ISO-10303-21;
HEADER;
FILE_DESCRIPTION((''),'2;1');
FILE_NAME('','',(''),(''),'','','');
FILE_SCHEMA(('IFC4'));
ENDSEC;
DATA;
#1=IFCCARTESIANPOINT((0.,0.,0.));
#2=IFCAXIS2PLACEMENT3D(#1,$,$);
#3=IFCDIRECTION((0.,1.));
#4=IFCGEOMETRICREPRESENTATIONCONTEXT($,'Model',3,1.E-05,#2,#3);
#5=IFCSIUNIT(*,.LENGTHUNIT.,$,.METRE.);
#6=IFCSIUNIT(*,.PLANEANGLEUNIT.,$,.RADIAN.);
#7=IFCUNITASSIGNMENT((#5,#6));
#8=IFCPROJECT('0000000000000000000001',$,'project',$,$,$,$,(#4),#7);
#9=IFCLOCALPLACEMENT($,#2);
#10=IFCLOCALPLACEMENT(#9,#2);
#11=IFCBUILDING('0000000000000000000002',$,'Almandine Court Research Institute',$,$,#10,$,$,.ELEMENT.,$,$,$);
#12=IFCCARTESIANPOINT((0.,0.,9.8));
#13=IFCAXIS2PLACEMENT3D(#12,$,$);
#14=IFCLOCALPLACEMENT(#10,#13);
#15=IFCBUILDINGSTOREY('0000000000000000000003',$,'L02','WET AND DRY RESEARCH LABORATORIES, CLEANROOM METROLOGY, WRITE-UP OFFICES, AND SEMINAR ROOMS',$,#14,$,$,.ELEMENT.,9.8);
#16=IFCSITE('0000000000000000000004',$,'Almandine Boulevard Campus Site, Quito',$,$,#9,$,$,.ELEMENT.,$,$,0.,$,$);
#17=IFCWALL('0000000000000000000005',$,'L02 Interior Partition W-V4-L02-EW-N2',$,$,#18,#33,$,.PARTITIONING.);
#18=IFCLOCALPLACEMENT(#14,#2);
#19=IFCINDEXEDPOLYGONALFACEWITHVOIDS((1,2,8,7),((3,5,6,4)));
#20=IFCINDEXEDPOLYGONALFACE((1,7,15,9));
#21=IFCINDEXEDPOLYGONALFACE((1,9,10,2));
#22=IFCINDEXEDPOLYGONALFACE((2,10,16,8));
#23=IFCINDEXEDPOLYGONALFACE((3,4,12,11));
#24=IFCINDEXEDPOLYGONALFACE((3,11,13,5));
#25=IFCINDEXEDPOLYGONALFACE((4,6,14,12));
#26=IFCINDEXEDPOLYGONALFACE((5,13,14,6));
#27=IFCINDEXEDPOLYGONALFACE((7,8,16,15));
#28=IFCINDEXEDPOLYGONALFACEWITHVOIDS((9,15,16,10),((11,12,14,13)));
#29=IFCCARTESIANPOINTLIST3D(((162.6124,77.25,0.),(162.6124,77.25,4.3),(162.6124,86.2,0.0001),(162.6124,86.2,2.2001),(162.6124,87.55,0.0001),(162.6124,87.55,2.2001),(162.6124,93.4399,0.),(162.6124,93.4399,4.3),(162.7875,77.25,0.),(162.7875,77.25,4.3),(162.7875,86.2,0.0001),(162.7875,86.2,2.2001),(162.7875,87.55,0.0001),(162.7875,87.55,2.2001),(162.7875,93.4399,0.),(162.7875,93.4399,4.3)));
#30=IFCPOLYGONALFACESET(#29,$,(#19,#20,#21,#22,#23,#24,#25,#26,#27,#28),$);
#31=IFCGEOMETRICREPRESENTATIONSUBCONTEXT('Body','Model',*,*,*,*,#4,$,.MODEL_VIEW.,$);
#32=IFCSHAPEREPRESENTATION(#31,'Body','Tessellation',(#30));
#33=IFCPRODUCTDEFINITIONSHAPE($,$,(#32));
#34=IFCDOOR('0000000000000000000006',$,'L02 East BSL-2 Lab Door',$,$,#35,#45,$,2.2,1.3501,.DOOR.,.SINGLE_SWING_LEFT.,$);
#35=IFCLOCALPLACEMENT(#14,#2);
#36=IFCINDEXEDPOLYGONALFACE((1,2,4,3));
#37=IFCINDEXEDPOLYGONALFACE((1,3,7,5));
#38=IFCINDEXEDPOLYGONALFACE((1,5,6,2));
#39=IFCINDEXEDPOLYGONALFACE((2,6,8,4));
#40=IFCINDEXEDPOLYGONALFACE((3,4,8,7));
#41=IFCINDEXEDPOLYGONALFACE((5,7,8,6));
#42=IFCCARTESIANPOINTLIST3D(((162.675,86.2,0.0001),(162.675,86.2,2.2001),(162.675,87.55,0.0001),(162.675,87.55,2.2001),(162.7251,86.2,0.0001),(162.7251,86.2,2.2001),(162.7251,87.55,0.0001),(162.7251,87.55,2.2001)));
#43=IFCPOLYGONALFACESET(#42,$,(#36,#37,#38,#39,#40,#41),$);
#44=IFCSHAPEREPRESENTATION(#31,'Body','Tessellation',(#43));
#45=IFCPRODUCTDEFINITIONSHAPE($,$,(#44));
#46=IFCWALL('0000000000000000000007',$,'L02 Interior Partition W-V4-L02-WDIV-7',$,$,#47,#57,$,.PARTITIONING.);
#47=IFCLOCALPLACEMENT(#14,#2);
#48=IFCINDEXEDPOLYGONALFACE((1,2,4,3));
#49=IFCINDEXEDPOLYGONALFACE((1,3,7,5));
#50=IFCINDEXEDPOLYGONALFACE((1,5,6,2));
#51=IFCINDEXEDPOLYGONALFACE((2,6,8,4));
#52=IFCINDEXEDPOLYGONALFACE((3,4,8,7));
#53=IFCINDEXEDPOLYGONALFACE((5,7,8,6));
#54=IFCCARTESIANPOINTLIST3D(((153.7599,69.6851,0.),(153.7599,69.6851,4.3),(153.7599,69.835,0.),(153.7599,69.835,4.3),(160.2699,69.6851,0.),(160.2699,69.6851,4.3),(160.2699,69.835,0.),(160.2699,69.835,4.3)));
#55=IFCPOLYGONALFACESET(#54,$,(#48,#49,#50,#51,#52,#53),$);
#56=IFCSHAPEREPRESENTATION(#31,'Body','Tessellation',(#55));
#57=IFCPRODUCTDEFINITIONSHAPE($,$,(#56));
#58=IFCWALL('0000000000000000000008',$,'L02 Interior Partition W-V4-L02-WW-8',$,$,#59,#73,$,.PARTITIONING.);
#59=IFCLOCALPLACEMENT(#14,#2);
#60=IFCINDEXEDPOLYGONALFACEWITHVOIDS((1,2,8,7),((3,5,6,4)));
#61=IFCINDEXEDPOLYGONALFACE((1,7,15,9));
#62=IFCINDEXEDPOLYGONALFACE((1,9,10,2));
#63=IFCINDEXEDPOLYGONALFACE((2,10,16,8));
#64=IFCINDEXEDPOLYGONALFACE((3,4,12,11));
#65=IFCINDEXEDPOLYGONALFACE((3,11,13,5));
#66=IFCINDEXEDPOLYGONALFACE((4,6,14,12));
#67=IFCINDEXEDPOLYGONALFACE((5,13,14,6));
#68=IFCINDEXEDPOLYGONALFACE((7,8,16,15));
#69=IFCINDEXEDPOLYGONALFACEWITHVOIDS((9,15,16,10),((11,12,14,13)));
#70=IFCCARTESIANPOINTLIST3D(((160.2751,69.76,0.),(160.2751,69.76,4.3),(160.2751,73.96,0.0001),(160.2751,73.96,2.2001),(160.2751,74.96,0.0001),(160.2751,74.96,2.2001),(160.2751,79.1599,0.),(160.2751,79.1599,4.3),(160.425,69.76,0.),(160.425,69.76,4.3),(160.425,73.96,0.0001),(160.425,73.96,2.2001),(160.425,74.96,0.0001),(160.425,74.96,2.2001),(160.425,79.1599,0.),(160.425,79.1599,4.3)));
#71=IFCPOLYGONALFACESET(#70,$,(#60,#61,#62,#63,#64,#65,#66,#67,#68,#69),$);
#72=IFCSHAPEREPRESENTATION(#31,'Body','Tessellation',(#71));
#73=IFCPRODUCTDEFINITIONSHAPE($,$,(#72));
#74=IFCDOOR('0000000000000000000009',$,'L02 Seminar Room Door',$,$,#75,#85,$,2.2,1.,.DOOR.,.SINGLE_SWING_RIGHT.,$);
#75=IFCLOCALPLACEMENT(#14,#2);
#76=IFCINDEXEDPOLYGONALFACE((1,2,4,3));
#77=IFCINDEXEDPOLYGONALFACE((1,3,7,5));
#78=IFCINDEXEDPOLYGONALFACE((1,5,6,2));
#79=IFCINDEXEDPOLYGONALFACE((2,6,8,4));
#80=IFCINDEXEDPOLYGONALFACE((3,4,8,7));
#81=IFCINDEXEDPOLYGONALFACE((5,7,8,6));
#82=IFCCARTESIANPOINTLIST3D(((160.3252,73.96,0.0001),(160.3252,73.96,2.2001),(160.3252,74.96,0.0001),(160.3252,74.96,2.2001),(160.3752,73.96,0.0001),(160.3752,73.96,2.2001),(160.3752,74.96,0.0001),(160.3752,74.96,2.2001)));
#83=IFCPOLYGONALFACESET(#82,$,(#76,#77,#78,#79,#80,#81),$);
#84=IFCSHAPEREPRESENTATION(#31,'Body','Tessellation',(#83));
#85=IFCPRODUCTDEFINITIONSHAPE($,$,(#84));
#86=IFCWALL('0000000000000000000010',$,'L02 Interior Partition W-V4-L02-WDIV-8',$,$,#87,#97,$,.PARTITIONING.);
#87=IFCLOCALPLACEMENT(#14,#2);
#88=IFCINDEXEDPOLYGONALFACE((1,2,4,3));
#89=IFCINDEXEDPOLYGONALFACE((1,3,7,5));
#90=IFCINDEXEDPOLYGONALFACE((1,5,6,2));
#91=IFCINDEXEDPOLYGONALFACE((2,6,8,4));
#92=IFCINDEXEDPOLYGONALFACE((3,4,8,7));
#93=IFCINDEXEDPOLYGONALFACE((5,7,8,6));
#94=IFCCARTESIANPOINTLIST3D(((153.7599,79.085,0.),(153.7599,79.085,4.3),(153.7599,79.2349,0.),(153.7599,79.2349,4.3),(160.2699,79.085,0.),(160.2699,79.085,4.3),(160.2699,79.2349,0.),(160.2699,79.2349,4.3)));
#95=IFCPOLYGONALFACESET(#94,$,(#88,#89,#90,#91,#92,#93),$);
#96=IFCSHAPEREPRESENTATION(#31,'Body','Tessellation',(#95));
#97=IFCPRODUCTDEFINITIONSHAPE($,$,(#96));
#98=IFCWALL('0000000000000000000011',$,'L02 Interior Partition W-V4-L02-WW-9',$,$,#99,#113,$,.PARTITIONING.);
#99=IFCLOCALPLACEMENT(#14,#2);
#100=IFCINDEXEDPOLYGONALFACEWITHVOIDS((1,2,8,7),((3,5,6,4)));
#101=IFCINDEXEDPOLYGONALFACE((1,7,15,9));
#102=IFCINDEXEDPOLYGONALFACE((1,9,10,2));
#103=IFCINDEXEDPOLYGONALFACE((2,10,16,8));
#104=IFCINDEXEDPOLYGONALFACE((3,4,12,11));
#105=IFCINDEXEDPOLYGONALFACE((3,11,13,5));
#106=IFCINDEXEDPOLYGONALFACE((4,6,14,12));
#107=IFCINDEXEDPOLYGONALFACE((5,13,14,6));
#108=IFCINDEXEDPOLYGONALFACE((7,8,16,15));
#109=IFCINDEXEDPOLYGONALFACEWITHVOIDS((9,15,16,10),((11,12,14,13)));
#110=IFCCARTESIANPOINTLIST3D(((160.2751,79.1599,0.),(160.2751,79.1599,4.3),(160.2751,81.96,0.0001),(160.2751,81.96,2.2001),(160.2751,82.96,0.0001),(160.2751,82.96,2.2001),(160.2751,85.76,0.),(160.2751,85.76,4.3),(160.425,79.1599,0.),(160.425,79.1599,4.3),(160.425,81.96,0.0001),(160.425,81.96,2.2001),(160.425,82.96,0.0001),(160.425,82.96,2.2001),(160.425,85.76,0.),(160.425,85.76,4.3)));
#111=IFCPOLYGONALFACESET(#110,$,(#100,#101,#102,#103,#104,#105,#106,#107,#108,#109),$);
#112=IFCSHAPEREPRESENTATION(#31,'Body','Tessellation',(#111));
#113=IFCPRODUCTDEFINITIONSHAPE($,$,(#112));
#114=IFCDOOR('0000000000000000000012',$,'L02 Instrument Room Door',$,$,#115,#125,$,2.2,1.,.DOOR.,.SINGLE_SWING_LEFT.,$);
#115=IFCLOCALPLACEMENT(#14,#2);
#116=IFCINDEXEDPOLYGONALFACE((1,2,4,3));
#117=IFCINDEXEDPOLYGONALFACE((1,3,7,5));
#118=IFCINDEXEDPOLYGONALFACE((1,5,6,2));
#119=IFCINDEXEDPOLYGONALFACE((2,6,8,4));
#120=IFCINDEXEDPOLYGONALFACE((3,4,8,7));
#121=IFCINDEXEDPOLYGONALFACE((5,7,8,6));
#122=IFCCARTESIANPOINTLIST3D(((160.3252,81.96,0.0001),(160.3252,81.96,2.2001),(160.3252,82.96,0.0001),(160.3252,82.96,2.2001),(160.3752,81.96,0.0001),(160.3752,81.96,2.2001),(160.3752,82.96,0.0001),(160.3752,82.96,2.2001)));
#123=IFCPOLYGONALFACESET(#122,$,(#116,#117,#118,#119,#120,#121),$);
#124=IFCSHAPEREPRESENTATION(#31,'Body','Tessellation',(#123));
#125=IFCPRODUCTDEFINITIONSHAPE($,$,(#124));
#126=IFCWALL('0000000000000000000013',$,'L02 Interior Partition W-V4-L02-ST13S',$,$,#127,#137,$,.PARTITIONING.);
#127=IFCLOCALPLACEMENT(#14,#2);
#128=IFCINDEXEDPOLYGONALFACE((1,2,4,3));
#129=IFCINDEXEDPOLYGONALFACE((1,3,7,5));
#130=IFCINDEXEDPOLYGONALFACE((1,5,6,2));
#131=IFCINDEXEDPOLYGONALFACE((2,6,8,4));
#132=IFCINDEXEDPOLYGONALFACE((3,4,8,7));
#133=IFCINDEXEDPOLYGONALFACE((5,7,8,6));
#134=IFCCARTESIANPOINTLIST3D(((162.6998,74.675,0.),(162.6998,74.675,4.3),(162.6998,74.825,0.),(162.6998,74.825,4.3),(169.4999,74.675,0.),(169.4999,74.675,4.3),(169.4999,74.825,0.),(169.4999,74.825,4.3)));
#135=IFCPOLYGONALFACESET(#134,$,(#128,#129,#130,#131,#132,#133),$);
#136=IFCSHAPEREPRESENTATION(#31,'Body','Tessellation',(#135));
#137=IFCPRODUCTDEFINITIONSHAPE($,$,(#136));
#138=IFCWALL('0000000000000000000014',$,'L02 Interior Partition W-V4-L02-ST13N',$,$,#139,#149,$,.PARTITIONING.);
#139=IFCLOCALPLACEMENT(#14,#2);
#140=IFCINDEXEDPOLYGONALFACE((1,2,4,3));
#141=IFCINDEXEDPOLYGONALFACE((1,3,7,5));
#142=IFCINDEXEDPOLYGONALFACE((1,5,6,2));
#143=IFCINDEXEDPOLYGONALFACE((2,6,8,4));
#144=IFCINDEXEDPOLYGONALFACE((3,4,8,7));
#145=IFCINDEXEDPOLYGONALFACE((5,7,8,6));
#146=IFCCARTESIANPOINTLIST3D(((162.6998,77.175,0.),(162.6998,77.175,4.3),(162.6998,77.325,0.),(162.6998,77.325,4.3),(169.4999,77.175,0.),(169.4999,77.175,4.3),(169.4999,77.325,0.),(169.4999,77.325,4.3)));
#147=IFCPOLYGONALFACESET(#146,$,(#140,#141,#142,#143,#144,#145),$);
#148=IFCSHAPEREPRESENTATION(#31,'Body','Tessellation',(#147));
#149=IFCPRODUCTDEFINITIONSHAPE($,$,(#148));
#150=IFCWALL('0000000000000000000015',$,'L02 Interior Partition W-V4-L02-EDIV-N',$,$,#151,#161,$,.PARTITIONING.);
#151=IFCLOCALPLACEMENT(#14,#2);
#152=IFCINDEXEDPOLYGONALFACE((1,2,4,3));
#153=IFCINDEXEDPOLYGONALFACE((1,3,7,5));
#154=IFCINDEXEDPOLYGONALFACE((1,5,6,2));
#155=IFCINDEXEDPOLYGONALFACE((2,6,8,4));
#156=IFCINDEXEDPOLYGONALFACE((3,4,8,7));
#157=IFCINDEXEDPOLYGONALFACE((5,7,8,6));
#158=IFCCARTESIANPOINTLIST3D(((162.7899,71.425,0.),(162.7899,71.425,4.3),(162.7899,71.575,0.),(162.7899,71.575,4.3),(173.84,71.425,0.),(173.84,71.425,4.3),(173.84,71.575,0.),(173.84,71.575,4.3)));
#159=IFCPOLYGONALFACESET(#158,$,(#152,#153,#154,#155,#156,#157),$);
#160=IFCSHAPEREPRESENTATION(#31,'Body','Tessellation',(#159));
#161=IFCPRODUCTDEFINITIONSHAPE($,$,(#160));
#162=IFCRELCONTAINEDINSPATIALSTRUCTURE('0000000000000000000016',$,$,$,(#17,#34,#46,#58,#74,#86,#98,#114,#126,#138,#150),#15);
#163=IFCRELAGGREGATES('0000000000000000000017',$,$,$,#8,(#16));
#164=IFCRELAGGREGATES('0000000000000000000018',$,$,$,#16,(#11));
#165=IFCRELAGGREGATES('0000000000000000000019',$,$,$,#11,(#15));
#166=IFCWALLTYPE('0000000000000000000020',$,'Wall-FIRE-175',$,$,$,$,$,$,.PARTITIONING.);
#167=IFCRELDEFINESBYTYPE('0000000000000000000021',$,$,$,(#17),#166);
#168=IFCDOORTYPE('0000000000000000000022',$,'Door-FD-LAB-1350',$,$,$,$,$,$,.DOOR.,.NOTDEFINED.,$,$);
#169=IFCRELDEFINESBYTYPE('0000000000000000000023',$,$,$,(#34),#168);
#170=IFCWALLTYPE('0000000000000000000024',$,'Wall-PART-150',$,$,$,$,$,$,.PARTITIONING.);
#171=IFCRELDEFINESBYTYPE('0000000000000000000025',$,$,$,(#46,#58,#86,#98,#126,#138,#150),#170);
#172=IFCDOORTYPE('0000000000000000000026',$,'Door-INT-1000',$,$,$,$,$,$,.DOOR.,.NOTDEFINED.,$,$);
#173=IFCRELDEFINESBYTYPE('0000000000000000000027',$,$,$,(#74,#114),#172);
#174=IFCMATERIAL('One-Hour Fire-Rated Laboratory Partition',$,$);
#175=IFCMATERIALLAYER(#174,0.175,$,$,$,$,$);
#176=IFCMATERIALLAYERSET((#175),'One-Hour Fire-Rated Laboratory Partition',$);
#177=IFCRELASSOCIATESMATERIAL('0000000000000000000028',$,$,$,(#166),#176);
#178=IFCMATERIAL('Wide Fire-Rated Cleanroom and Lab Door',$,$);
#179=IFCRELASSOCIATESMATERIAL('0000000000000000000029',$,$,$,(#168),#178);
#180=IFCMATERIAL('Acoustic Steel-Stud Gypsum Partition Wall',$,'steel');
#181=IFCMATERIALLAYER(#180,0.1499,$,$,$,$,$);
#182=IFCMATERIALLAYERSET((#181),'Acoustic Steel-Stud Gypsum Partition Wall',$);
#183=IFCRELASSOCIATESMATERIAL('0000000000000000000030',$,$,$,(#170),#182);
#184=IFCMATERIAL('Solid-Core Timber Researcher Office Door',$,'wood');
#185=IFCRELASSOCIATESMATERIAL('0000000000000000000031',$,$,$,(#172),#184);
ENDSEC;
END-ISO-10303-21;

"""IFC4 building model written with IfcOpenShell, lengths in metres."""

from ifc_helpers import new_model, si_unit, direction, frame, frame_2d, origin, place, context, subcontext, project, spatial, rectangle, extrude, material, layer, layer_set, type_object, element, fill, save


model = new_model("IFC4")

# Units and contexts
model_context = context("Model", 3, precision=1e-05, world=origin(), true_north=direction((0.0, 1.0)))
body_context = subcontext(model_context, "Body", "Model", "MODEL_VIEW")
ifc_project = project(units=[si_unit("LENGTHUNIT", "METRE"), si_unit("PLANEANGLEUNIT", "RADIAN")], contexts=[model_context])

# Site, building, storey
site_placement = place(None, origin())
site = spatial("IfcSite", under=ifc_project, at=site_placement, Name="Almandine Boulevard Campus Site, Quito", CompositionType="ELEMENT", RefElevation=0.0)
building_placement = place(site_placement, origin())
building = spatial("IfcBuilding", under=site, at=building_placement, Name="Almandine Court Research Institute", CompositionType="ELEMENT")
storey_placement = place(building_placement, frame((0.0, 0.0, 9.8)))
storey = spatial("IfcBuildingStorey", under=building, at=storey_placement, Name="L02", Description="WET AND DRY RESEARCH LABORATORIES, CLEANROOM METROLOGY, WRITE-UP OFFICES, AND SEMINAR ROOMS", CompositionType="ELEMENT", Elevation=9.8)

# Wall, opening, door
ifc_material_1 = material(Name="One-Hour Fire-Rated Laboratory Partition")
ifc_layer_1 = layer(ifc_material_1, 0.175)
ifc_layer_set_1 = layer_set([ifc_layer_1], Name="One-Hour Fire-Rated Laboratory Partition")
wall_type_1 = type_object("IfcWallType", Name="Wall-FIRE-175", PredefinedType="PARTITIONING", material=ifc_layer_set_1)
wall_1_placement = place(storey_placement, frame((162.7, 77.25, 0.0), z_axis=(0.0, 0.0, 1.0), x_axis=(0.0, 1.0, 0.0)))
wall_1 = element("IfcWall", 1, at=wall_1_placement, inside=storey, type_object=wall_type_1, Name="L02 Interior Partition W-V4-L02-EW-N2", PredefinedType="PARTITIONING", context=body_context, shape_type="SweptSolid", body=[
    extrude(rectangle(XDim=16.1899, YDim=0.175, at=frame_2d((8.095, 0.0))), origin(), (0.0, 0.0, 1.0), 4.3),
])
opening_1_placement = place(wall_1_placement, frame((8.95, 0.0, 0.0)))
opening_1 = element("IfcOpeningElement", 2, at=opening_1_placement, cuts=wall_1, PredefinedType="OPENING", context=body_context, shape_type="SweptSolid", body=[
    extrude(rectangle(XDim=1.3501, YDim=2.2, at=frame_2d((0.675, 1.1001))), frame((0.0, 0.0974, 0.0), z_axis=(0.0, -1.0, 0.0), x_axis=(1.0, 0.0, 0.0)), (0.0, 0.0, 1.0), 0.1951),
])
ifc_material_2 = material(Name="Wide Fire-Rated Cleanroom and Lab Door")
door_type_1 = type_object("IfcDoorType", Name="Door-FD-LAB-1350", OperationType="NOTDEFINED", PredefinedType="DOOR", material=ifc_material_2)
door_1_placement = place(opening_1_placement, origin())
door_1 = element("IfcDoor", 3, at=door_1_placement, inside=storey, type_object=door_type_1, Name="L02 East BSL-2 Lab Door", OperationType="SINGLE_SWING_LEFT", OverallHeight=2.2, OverallWidth=1.3501, PredefinedType="DOOR", context=body_context, shape_type="SweptSolid", body=[
    extrude(rectangle(XDim=1.3501, YDim=2.2, at=frame_2d((0.675, 1.1001))), frame((0.0, 0.0249, 0.0), z_axis=(0.0, -1.0, 0.0), x_axis=(1.0, 0.0, 0.0)), (0.0, 0.0, 1.0), 0.05),
])
fill(opening_1, door_1)

# Wall
ifc_material_3 = material(Name="Acoustic Steel-Stud Gypsum Partition Wall", Category="steel")
ifc_layer_2 = layer(ifc_material_3, 0.1499)
ifc_layer_set_2 = layer_set([ifc_layer_2], Name="Acoustic Steel-Stud Gypsum Partition Wall")
wall_type_2 = type_object("IfcWallType", Name="Wall-PART-150", PredefinedType="PARTITIONING", material=ifc_layer_set_2)
wall_2_placement = place(storey_placement, frame((153.76, 69.76, 0.0), z_axis=(0.0, 0.0, 1.0), x_axis=(1.0, 0.0, 0.0)))
element("IfcWall", 4, at=wall_2_placement, inside=storey, type_object=wall_type_2, Name="L02 Interior Partition W-V4-L02-WDIV-7", PredefinedType="PARTITIONING", context=body_context, shape_type="SweptSolid", body=[
    extrude(rectangle(XDim=6.51, YDim=0.1499, at=frame_2d((3.2549, 0.0))), origin(), (0.0, 0.0, 1.0), 4.3),
])

# Wall, opening, door
wall_3_placement = place(storey_placement, frame((160.3501, 69.76, 0.0), z_axis=(0.0, 0.0, 1.0), x_axis=(0.0, 1.0, 0.0)))
wall_3 = element("IfcWall", 5, at=wall_3_placement, inside=storey, type_object=wall_type_2, Name="L02 Interior Partition W-V4-L02-WW-8", PredefinedType="PARTITIONING", context=body_context, shape_type="SweptSolid", body=[
    extrude(rectangle(XDim=9.3999, YDim=0.1499, at=frame_2d((4.7, 0.0))), origin(), (0.0, 0.0, 1.0), 4.3),
])
opening_2_placement = place(wall_3_placement, frame((4.2, 0.0, 0.0)))
opening_2 = element("IfcOpeningElement", 6, at=opening_2_placement, cuts=wall_3, PredefinedType="OPENING", context=body_context, shape_type="SweptSolid", body=[
    extrude(rectangle(XDim=1.0, YDim=2.2, at=frame_2d((0.5, 1.1001))), frame((0.0, 0.085, 0.0), z_axis=(0.0, -1.0, 0.0), x_axis=(1.0, 0.0, 0.0)), (0.0, 0.0, 1.0), 0.1699),
])
ifc_material_4 = material(Name="Solid-Core Timber Researcher Office Door", Category="wood")
door_type_2 = type_object("IfcDoorType", Name="Door-INT-1000", OperationType="NOTDEFINED", PredefinedType="DOOR", material=ifc_material_4)
door_2_placement = place(opening_2_placement, origin())
door_2 = element("IfcDoor", 7, at=door_2_placement, inside=storey, type_object=door_type_2, Name="L02 Seminar Room Door", OperationType="SINGLE_SWING_RIGHT", OverallHeight=2.2, OverallWidth=1.0, PredefinedType="DOOR", context=body_context, shape_type="SweptSolid", body=[
    extrude(rectangle(XDim=1.0, YDim=2.2, at=frame_2d((0.5, 1.1001))), frame((0.0, 0.0249, 0.0), z_axis=(0.0, -1.0, 0.0), x_axis=(1.0, 0.0, 0.0)), (0.0, 0.0, 1.0), 0.05),
])
fill(opening_2, door_2)

# Wall
wall_4_placement = place(storey_placement, frame((153.76, 79.1599, 0.0), z_axis=(0.0, 0.0, 1.0), x_axis=(1.0, 0.0, 0.0)))
element("IfcWall", 8, at=wall_4_placement, inside=storey, type_object=wall_type_2, Name="L02 Interior Partition W-V4-L02-WDIV-8", PredefinedType="PARTITIONING", context=body_context, shape_type="SweptSolid", body=[
    extrude(rectangle(XDim=6.51, YDim=0.1499, at=frame_2d((3.2549, 0.0))), origin(), (0.0, 0.0, 1.0), 4.3),
])

# Wall, opening, door
wall_5_placement = place(storey_placement, frame((160.3501, 79.1599, 0.0), z_axis=(0.0, 0.0, 1.0), x_axis=(0.0, 1.0, 0.0)))
wall_5 = element("IfcWall", 9, at=wall_5_placement, inside=storey, type_object=wall_type_2, Name="L02 Interior Partition W-V4-L02-WW-9", PredefinedType="PARTITIONING", context=body_context, shape_type="SweptSolid", body=[
    extrude(rectangle(XDim=6.6001, YDim=0.1499, at=frame_2d((3.3, 0.0))), origin(), (0.0, 0.0, 1.0), 4.3),
])
opening_3_placement = place(wall_5_placement, frame((2.8, 0.0, 0.0)))
opening_3 = element("IfcOpeningElement", 10, at=opening_3_placement, cuts=wall_5, PredefinedType="OPENING", context=body_context, shape_type="SweptSolid", body=[
    extrude(rectangle(XDim=1.0, YDim=2.2, at=frame_2d((0.5, 1.1001))), frame((0.0, 0.085, 0.0), z_axis=(0.0, -1.0, 0.0), x_axis=(1.0, 0.0, 0.0)), (0.0, 0.0, 1.0), 0.1699),
])
door_3_placement = place(opening_3_placement, origin())
door_3 = element("IfcDoor", 11, at=door_3_placement, inside=storey, type_object=door_type_2, Name="L02 Instrument Room Door", OperationType="SINGLE_SWING_LEFT", OverallHeight=2.2, OverallWidth=1.0, PredefinedType="DOOR", context=body_context, shape_type="SweptSolid", body=[
    extrude(rectangle(XDim=1.0, YDim=2.2, at=frame_2d((0.5, 1.1001))), frame((0.0, 0.0249, 0.0), z_axis=(0.0, -1.0, 0.0), x_axis=(1.0, 0.0, 0.0)), (0.0, 0.0, 1.0), 0.05),
])
fill(opening_3, door_3)

# Walls
for number, where, z_axis, x_axis, name in (
    (12, (162.7, 74.75, 0.0), (0.0, 0.0, 1.0), (1.0, 0.0, 0.0), "L02 Interior Partition W-V4-L02-ST13S"),
    (13, (162.7, 77.25, 0.0), (0.0, 0.0, 1.0), (1.0, 0.0, 0.0), "L02 Interior Partition W-V4-L02-ST13N"),
):
    element("IfcWall", number, at=place(storey_placement, frame(where, z_axis=z_axis, x_axis=x_axis)), inside=storey, type_object=wall_type_2, Name=name, PredefinedType="PARTITIONING", context=body_context, shape_type="SweptSolid", body=[
        extrude(rectangle(XDim=6.8, YDim=0.1499, at=frame_2d((3.3999, 0.0))), origin(), (0.0, 0.0, 1.0), 4.3),
    ])
wall_6_placement = place(storey_placement, frame((162.79, 71.5, 0.0), z_axis=(0.0, 0.0, 1.0), x_axis=(1.0, 0.0, 0.0)))
element("IfcWall", 14, at=wall_6_placement, inside=storey, type_object=wall_type_2, Name="L02 Interior Partition W-V4-L02-EDIV-N", PredefinedType="PARTITIONING", context=body_context, shape_type="SweptSolid", body=[
    extrude(rectangle(XDim=11.05, YDim=0.1499, at=frame_2d((5.5249, 0.0))), origin(), (0.0, 0.0, 1.0), 4.3),
])

save(model, "model.ifc")
